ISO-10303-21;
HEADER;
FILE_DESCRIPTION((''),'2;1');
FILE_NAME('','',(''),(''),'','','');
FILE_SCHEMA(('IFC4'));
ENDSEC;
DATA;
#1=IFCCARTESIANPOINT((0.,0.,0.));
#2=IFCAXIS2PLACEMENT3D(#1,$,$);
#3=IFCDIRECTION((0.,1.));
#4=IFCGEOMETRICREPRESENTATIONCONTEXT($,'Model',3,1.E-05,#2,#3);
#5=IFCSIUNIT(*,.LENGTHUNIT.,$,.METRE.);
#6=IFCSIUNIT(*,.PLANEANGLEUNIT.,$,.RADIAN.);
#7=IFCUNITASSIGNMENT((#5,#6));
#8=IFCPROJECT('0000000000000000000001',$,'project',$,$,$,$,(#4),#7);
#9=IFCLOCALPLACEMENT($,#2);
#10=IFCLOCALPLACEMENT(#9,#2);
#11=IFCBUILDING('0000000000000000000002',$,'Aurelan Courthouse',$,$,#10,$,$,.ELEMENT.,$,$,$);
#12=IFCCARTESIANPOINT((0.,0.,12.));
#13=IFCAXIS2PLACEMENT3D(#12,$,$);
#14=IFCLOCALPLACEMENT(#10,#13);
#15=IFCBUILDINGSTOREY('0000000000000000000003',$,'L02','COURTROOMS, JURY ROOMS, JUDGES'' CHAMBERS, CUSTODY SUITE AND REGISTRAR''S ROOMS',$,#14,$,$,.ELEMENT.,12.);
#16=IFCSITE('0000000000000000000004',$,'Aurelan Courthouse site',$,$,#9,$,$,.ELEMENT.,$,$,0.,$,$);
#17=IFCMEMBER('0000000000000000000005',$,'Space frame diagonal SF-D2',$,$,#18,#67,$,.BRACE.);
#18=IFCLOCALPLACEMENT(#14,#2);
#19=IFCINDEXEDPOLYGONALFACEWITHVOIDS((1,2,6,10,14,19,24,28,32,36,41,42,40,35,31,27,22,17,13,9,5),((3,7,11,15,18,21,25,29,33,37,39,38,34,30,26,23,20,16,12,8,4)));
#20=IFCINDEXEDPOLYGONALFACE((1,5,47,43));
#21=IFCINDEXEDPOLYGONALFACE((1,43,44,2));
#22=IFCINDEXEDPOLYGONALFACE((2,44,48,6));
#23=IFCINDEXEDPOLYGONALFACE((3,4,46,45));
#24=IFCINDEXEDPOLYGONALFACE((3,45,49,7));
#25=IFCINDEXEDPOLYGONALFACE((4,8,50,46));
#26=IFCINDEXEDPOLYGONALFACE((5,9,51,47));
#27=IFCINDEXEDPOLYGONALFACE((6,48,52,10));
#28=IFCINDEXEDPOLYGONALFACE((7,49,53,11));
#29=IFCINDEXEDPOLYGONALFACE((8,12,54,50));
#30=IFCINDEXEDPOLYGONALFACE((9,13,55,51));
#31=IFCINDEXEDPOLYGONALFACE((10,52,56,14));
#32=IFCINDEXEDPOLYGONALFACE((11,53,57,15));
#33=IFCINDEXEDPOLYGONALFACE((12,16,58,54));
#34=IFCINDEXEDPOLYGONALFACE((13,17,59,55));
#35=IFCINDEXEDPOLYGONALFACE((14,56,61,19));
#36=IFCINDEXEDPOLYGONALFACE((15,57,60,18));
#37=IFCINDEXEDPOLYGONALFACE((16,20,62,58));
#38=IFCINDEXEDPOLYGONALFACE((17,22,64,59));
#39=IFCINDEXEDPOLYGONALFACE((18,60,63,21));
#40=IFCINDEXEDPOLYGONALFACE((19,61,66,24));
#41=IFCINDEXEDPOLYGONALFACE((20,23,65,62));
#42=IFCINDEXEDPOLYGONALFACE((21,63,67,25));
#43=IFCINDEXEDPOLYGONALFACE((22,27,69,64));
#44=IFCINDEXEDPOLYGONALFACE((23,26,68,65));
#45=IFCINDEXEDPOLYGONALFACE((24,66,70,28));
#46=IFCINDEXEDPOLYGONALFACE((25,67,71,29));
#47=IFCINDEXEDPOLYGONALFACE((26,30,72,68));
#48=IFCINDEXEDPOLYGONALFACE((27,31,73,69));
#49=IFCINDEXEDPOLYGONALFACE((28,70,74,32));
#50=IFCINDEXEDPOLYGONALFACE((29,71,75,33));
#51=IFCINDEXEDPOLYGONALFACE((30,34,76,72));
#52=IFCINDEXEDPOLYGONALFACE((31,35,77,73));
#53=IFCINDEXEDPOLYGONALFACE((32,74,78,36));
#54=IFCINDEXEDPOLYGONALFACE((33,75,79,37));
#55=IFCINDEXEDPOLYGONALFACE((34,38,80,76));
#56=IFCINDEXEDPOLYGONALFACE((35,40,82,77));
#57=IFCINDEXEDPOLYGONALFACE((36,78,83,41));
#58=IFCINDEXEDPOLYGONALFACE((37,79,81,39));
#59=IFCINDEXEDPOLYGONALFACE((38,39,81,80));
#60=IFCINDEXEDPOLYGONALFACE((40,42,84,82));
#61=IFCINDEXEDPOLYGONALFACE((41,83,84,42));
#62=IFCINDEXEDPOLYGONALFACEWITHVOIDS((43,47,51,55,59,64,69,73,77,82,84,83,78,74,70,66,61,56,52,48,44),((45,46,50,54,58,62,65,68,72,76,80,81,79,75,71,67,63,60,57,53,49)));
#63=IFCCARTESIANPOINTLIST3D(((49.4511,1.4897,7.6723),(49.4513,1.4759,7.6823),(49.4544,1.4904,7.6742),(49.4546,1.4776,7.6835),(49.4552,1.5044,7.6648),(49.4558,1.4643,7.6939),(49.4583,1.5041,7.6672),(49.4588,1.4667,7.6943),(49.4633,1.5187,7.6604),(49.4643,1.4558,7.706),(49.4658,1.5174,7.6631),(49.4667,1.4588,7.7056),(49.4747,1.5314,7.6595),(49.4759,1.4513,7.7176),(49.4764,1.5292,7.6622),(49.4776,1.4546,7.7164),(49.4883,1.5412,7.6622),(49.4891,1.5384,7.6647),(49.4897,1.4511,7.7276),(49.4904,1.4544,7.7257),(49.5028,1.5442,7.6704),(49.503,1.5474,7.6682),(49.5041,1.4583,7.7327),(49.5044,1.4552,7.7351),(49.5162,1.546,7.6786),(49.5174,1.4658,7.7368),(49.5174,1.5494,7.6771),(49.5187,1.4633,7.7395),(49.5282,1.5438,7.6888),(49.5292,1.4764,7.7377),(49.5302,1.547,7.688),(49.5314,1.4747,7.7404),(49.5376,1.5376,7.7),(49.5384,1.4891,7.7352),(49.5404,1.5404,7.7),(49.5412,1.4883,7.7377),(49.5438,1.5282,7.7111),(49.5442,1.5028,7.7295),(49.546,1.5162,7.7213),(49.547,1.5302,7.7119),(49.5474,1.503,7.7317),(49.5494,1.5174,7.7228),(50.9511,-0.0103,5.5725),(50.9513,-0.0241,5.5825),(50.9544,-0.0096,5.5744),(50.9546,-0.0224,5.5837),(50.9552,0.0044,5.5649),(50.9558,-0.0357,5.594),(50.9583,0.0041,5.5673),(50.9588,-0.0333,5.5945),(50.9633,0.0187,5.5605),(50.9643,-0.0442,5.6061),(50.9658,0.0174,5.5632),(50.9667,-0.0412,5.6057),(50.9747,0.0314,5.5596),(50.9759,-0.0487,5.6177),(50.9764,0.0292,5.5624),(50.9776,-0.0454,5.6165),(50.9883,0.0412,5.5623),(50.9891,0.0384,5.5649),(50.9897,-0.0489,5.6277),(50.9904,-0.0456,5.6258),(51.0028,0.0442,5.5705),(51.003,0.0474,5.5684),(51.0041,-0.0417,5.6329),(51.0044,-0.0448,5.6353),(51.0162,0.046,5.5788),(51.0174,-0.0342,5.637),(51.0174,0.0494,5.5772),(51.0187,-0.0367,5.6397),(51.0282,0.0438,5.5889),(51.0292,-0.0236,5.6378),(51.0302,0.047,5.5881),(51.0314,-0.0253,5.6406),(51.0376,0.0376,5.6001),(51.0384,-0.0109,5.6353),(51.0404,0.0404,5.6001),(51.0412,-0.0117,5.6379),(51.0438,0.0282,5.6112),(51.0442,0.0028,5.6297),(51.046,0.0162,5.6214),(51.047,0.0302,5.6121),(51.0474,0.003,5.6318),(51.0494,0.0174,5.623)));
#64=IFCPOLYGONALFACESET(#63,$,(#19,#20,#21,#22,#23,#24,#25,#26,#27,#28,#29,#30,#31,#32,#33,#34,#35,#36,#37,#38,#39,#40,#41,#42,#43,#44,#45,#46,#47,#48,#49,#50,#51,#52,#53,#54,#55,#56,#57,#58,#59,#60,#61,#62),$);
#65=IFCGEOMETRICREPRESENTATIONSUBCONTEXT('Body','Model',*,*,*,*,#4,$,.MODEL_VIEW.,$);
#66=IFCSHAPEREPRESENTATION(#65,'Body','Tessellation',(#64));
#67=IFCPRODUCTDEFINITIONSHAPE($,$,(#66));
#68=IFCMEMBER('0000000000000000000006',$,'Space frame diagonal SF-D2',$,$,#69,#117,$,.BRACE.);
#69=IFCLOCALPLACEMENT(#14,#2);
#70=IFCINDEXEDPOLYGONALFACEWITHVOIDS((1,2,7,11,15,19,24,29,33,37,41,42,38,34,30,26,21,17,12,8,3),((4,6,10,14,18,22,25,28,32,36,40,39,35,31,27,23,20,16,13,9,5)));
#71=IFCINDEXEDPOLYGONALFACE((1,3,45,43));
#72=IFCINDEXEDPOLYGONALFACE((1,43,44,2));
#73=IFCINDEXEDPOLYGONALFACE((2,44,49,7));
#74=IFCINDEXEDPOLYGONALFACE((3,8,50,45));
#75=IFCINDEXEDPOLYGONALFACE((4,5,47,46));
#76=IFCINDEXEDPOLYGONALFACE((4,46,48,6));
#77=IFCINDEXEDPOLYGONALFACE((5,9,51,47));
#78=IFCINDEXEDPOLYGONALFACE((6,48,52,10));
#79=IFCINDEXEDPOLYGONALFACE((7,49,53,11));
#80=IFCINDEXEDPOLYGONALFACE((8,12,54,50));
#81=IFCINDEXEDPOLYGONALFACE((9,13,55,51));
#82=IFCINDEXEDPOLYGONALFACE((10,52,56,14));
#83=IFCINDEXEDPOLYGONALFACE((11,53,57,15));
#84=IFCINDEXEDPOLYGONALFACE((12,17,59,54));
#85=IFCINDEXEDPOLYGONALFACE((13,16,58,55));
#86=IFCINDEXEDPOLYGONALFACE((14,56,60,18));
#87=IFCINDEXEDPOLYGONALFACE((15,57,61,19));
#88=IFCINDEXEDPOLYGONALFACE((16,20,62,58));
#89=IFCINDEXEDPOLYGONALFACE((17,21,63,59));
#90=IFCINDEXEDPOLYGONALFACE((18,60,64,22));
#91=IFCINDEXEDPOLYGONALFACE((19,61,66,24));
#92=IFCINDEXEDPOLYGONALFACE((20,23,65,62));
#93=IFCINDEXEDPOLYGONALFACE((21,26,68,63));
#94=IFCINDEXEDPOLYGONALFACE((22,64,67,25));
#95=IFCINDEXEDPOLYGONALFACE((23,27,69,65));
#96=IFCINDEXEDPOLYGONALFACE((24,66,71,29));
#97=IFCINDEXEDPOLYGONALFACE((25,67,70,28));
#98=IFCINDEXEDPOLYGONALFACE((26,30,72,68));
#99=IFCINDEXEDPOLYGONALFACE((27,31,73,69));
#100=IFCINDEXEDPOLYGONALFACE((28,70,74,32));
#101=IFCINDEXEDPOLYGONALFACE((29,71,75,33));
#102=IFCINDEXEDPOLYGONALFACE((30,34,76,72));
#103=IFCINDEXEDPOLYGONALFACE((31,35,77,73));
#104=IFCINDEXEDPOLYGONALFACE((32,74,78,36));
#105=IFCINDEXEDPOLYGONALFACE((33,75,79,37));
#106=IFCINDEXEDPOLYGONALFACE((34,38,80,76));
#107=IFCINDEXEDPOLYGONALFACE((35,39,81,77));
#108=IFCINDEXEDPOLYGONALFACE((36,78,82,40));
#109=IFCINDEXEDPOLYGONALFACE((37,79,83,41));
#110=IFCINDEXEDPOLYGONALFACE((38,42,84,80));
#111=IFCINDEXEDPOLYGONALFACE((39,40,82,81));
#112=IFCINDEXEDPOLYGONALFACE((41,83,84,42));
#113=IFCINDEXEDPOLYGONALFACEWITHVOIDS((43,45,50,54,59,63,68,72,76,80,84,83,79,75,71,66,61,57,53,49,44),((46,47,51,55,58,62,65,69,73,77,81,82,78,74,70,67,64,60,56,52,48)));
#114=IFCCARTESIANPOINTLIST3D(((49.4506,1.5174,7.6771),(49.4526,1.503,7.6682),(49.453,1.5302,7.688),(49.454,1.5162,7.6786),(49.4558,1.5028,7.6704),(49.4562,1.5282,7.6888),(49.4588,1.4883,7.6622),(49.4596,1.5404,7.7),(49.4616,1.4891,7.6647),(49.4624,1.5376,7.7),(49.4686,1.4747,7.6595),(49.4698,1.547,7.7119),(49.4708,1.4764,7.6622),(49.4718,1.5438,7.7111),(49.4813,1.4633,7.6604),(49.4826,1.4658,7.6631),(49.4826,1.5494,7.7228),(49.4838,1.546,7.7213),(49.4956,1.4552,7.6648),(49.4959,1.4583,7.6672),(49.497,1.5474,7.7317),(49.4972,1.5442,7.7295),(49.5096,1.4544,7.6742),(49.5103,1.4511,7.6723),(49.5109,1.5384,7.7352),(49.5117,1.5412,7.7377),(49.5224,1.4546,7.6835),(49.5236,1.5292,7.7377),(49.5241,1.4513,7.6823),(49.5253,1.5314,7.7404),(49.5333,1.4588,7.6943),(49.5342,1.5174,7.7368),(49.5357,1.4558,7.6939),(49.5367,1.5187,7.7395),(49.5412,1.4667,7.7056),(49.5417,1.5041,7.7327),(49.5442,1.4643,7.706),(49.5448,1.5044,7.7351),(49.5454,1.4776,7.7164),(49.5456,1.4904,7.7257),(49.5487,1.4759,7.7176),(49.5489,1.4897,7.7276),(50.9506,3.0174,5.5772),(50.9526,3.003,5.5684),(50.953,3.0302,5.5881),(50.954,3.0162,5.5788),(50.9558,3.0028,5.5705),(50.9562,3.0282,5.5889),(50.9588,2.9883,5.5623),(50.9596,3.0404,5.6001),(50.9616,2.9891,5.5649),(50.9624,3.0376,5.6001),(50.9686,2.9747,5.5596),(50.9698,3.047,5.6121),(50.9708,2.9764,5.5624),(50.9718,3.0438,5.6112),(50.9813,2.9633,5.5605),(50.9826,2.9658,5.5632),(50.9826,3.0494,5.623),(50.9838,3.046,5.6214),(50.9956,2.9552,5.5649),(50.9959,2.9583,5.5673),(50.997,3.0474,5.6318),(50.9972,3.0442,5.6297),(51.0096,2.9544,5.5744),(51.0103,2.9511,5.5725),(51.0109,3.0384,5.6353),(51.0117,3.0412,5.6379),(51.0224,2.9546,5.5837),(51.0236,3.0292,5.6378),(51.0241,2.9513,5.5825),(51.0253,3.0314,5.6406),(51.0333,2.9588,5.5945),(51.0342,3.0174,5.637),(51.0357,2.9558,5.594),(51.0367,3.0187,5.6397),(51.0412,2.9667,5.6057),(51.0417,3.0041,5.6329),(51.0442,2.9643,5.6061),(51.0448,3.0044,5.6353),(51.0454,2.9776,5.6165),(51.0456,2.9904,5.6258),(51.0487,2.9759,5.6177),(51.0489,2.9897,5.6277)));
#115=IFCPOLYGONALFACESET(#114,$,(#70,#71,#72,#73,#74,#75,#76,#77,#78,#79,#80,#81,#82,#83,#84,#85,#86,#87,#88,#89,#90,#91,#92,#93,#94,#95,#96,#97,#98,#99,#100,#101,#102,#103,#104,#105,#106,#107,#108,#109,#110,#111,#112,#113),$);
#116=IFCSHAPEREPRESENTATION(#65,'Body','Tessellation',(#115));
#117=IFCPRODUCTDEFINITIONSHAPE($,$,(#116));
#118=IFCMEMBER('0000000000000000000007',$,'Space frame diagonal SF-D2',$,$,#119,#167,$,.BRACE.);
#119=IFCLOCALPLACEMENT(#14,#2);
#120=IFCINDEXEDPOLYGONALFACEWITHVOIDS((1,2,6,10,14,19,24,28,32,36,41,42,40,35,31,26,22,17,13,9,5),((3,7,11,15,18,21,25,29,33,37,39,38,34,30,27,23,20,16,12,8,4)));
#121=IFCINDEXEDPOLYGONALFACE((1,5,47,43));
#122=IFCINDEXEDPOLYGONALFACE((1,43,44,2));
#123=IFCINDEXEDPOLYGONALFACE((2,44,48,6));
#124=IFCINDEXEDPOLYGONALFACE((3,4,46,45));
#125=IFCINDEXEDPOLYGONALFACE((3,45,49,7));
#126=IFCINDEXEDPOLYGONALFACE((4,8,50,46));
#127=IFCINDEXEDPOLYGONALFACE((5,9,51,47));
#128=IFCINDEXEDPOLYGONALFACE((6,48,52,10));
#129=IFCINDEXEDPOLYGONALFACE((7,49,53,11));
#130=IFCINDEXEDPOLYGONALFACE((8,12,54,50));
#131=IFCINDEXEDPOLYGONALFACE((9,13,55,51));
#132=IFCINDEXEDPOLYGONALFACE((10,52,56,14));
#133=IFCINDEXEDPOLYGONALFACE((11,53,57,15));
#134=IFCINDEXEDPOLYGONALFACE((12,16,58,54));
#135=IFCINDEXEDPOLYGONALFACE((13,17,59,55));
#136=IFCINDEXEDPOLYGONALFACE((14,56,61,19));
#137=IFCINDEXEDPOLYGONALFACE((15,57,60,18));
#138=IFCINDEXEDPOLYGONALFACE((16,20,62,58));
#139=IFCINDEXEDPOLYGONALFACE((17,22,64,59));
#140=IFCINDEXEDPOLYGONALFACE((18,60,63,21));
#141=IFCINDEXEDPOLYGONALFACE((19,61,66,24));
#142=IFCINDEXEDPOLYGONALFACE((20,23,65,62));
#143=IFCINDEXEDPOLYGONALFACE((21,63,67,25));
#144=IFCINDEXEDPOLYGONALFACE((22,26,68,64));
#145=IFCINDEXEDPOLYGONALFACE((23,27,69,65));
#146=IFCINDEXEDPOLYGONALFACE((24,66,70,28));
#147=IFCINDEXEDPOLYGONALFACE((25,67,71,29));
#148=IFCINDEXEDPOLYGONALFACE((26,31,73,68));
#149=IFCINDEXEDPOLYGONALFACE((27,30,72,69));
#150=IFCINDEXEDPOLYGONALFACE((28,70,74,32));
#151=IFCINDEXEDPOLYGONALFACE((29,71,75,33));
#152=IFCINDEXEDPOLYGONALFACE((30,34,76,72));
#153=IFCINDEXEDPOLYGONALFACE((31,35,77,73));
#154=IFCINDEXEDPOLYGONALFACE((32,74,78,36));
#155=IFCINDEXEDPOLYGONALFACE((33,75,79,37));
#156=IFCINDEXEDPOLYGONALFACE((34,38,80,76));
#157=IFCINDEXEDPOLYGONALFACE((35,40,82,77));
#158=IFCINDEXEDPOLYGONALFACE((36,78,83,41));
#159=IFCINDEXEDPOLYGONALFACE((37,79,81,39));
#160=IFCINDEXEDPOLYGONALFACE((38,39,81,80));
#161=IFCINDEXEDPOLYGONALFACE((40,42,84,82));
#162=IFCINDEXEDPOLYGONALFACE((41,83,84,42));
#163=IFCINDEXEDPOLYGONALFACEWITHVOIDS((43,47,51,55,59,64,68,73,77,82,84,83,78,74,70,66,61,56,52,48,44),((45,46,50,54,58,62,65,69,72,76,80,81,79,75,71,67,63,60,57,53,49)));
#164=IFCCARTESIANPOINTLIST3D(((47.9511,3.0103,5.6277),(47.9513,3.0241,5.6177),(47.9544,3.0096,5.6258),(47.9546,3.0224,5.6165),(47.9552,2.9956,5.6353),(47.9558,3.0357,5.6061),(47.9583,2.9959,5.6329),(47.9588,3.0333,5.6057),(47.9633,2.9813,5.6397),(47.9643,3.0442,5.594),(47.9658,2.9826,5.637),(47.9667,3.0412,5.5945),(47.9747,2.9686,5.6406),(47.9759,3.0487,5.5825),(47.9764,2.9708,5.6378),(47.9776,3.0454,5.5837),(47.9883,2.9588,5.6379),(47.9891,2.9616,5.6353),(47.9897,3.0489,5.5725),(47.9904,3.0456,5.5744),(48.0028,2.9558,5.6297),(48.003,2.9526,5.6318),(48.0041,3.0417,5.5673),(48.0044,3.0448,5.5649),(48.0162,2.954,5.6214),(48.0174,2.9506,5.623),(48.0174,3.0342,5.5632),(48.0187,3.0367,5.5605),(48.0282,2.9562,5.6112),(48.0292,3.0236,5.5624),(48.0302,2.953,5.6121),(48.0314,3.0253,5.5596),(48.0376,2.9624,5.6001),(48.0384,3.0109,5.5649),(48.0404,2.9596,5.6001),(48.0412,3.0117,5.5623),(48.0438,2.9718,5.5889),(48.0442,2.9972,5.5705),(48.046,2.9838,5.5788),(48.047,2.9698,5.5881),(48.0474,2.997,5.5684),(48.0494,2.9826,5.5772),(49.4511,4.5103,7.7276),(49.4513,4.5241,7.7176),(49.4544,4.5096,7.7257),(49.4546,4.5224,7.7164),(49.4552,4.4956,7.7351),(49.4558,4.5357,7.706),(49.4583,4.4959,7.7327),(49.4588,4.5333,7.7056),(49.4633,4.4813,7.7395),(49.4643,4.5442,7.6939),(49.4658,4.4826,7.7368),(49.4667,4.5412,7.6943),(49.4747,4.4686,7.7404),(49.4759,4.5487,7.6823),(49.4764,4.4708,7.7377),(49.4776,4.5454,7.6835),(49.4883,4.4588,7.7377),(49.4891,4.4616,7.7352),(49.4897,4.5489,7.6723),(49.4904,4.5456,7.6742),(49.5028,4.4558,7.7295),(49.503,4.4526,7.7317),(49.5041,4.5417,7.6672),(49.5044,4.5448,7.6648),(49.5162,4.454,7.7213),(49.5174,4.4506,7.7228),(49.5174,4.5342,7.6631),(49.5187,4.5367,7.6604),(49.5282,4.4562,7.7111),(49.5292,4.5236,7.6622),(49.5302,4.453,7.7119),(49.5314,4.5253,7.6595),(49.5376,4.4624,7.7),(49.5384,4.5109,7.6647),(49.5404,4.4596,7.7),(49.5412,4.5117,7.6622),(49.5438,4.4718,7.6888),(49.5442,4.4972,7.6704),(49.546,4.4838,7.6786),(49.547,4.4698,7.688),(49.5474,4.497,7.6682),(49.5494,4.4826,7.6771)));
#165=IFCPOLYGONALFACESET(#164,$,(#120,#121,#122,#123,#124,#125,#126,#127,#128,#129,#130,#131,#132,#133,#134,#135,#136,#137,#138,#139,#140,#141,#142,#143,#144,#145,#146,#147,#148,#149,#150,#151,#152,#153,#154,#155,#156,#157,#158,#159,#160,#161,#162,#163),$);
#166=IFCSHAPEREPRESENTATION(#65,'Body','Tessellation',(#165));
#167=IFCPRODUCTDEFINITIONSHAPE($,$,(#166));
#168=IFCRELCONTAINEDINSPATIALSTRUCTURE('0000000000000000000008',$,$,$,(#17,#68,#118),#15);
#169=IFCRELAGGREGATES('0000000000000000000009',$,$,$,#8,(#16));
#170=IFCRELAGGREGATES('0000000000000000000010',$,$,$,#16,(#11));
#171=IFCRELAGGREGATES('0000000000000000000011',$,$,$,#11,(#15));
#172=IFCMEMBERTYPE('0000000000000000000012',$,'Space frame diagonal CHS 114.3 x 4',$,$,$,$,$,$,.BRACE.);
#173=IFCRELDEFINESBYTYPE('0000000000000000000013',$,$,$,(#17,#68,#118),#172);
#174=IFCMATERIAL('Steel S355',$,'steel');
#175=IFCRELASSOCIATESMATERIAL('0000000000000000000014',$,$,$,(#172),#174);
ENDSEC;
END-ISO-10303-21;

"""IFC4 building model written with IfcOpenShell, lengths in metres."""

from ifc_helpers import new_model, si_unit, direction, frame, origin, origin_2d, place, context, subcontext, project, spatial, hollow_circle, extrude, material, material_profile, profile_set, type_object, element, save


model = new_model("IFC4")

# Units and contexts
model_context = context("Model", 3, precision=1e-05, world=origin(), true_north=direction((0.0, 1.0)))
body_context = subcontext(model_context, "Body", "Model", "MODEL_VIEW")
ifc_project = project(units=[si_unit("LENGTHUNIT", "METRE"), si_unit("PLANEANGLEUNIT", "RADIAN")], contexts=[model_context])

# Site, building, storey
site_placement = place(None, origin())
site = spatial("IfcSite", under=ifc_project, at=site_placement, Name="Aurelan Courthouse site", CompositionType="ELEMENT", RefElevation=0.0)
building_placement = place(site_placement, origin())
building = spatial("IfcBuilding", under=site, at=building_placement, Name="Aurelan Courthouse", CompositionType="ELEMENT")
storey_placement = place(building_placement, frame((0.0, 0.0, 12.0)))
storey = spatial("IfcBuildingStorey", under=building, at=storey_placement, Name="L02", Description="COURTROOMS, JURY ROOMS, JUDGES' CHAMBERS, CUSTODY SUITE AND REGISTRAR'S ROOMS", CompositionType="ELEMENT", Elevation=12.0)

# Members
ifc_material_1 = material(Name="Steel S355", Category="steel")
ifc_material_profile_1 = material_profile(ifc_material_1, hollow_circle(Radius=0.0571, WallThickness=0.0039, at=origin_2d()), Name="CHS 114.3 x 4")
ifc_profile_set_1 = profile_set([ifc_material_profile_1], Name="Steel S355")
member_type_1 = type_object("IfcMemberType", Name="Space frame diagonal CHS 114.3 x 4", PredefinedType="BRACE", material=ifc_profile_set_1)
for number, where, z_axis, x_axis, name in (
    (1, (49.5, 1.5, 7.7), (0.502536, -0.502536, -0.703502), (0.707107, 0.707107, 0.0), "Space frame diagonal SF-D2"),
    (2, (49.5, 1.5, 7.7), (0.502536, 0.502536, -0.703502), (-0.707107, 0.707107, 0.0), "Space frame diagonal SF-D2"),
    (3, (49.5, 4.5, 7.7), (-0.502536, -0.502536, -0.703502), (0.707107, -0.707107, 0.0), "Space frame diagonal SF-D2"),
):
    element("IfcMember", number, at=place(storey_placement, frame(where, z_axis=z_axis, x_axis=x_axis)), inside=storey, type_object=member_type_1, Name=name, PredefinedType="BRACE", context=body_context, shape_type="SweptSolid", body=[
        extrude(hollow_circle(Radius=0.0571, WallThickness=0.0039, at=origin_2d()), origin(), (0.0, 0.0, 1.0), 2.9849),
    ])

save(model, "model.ifc")
